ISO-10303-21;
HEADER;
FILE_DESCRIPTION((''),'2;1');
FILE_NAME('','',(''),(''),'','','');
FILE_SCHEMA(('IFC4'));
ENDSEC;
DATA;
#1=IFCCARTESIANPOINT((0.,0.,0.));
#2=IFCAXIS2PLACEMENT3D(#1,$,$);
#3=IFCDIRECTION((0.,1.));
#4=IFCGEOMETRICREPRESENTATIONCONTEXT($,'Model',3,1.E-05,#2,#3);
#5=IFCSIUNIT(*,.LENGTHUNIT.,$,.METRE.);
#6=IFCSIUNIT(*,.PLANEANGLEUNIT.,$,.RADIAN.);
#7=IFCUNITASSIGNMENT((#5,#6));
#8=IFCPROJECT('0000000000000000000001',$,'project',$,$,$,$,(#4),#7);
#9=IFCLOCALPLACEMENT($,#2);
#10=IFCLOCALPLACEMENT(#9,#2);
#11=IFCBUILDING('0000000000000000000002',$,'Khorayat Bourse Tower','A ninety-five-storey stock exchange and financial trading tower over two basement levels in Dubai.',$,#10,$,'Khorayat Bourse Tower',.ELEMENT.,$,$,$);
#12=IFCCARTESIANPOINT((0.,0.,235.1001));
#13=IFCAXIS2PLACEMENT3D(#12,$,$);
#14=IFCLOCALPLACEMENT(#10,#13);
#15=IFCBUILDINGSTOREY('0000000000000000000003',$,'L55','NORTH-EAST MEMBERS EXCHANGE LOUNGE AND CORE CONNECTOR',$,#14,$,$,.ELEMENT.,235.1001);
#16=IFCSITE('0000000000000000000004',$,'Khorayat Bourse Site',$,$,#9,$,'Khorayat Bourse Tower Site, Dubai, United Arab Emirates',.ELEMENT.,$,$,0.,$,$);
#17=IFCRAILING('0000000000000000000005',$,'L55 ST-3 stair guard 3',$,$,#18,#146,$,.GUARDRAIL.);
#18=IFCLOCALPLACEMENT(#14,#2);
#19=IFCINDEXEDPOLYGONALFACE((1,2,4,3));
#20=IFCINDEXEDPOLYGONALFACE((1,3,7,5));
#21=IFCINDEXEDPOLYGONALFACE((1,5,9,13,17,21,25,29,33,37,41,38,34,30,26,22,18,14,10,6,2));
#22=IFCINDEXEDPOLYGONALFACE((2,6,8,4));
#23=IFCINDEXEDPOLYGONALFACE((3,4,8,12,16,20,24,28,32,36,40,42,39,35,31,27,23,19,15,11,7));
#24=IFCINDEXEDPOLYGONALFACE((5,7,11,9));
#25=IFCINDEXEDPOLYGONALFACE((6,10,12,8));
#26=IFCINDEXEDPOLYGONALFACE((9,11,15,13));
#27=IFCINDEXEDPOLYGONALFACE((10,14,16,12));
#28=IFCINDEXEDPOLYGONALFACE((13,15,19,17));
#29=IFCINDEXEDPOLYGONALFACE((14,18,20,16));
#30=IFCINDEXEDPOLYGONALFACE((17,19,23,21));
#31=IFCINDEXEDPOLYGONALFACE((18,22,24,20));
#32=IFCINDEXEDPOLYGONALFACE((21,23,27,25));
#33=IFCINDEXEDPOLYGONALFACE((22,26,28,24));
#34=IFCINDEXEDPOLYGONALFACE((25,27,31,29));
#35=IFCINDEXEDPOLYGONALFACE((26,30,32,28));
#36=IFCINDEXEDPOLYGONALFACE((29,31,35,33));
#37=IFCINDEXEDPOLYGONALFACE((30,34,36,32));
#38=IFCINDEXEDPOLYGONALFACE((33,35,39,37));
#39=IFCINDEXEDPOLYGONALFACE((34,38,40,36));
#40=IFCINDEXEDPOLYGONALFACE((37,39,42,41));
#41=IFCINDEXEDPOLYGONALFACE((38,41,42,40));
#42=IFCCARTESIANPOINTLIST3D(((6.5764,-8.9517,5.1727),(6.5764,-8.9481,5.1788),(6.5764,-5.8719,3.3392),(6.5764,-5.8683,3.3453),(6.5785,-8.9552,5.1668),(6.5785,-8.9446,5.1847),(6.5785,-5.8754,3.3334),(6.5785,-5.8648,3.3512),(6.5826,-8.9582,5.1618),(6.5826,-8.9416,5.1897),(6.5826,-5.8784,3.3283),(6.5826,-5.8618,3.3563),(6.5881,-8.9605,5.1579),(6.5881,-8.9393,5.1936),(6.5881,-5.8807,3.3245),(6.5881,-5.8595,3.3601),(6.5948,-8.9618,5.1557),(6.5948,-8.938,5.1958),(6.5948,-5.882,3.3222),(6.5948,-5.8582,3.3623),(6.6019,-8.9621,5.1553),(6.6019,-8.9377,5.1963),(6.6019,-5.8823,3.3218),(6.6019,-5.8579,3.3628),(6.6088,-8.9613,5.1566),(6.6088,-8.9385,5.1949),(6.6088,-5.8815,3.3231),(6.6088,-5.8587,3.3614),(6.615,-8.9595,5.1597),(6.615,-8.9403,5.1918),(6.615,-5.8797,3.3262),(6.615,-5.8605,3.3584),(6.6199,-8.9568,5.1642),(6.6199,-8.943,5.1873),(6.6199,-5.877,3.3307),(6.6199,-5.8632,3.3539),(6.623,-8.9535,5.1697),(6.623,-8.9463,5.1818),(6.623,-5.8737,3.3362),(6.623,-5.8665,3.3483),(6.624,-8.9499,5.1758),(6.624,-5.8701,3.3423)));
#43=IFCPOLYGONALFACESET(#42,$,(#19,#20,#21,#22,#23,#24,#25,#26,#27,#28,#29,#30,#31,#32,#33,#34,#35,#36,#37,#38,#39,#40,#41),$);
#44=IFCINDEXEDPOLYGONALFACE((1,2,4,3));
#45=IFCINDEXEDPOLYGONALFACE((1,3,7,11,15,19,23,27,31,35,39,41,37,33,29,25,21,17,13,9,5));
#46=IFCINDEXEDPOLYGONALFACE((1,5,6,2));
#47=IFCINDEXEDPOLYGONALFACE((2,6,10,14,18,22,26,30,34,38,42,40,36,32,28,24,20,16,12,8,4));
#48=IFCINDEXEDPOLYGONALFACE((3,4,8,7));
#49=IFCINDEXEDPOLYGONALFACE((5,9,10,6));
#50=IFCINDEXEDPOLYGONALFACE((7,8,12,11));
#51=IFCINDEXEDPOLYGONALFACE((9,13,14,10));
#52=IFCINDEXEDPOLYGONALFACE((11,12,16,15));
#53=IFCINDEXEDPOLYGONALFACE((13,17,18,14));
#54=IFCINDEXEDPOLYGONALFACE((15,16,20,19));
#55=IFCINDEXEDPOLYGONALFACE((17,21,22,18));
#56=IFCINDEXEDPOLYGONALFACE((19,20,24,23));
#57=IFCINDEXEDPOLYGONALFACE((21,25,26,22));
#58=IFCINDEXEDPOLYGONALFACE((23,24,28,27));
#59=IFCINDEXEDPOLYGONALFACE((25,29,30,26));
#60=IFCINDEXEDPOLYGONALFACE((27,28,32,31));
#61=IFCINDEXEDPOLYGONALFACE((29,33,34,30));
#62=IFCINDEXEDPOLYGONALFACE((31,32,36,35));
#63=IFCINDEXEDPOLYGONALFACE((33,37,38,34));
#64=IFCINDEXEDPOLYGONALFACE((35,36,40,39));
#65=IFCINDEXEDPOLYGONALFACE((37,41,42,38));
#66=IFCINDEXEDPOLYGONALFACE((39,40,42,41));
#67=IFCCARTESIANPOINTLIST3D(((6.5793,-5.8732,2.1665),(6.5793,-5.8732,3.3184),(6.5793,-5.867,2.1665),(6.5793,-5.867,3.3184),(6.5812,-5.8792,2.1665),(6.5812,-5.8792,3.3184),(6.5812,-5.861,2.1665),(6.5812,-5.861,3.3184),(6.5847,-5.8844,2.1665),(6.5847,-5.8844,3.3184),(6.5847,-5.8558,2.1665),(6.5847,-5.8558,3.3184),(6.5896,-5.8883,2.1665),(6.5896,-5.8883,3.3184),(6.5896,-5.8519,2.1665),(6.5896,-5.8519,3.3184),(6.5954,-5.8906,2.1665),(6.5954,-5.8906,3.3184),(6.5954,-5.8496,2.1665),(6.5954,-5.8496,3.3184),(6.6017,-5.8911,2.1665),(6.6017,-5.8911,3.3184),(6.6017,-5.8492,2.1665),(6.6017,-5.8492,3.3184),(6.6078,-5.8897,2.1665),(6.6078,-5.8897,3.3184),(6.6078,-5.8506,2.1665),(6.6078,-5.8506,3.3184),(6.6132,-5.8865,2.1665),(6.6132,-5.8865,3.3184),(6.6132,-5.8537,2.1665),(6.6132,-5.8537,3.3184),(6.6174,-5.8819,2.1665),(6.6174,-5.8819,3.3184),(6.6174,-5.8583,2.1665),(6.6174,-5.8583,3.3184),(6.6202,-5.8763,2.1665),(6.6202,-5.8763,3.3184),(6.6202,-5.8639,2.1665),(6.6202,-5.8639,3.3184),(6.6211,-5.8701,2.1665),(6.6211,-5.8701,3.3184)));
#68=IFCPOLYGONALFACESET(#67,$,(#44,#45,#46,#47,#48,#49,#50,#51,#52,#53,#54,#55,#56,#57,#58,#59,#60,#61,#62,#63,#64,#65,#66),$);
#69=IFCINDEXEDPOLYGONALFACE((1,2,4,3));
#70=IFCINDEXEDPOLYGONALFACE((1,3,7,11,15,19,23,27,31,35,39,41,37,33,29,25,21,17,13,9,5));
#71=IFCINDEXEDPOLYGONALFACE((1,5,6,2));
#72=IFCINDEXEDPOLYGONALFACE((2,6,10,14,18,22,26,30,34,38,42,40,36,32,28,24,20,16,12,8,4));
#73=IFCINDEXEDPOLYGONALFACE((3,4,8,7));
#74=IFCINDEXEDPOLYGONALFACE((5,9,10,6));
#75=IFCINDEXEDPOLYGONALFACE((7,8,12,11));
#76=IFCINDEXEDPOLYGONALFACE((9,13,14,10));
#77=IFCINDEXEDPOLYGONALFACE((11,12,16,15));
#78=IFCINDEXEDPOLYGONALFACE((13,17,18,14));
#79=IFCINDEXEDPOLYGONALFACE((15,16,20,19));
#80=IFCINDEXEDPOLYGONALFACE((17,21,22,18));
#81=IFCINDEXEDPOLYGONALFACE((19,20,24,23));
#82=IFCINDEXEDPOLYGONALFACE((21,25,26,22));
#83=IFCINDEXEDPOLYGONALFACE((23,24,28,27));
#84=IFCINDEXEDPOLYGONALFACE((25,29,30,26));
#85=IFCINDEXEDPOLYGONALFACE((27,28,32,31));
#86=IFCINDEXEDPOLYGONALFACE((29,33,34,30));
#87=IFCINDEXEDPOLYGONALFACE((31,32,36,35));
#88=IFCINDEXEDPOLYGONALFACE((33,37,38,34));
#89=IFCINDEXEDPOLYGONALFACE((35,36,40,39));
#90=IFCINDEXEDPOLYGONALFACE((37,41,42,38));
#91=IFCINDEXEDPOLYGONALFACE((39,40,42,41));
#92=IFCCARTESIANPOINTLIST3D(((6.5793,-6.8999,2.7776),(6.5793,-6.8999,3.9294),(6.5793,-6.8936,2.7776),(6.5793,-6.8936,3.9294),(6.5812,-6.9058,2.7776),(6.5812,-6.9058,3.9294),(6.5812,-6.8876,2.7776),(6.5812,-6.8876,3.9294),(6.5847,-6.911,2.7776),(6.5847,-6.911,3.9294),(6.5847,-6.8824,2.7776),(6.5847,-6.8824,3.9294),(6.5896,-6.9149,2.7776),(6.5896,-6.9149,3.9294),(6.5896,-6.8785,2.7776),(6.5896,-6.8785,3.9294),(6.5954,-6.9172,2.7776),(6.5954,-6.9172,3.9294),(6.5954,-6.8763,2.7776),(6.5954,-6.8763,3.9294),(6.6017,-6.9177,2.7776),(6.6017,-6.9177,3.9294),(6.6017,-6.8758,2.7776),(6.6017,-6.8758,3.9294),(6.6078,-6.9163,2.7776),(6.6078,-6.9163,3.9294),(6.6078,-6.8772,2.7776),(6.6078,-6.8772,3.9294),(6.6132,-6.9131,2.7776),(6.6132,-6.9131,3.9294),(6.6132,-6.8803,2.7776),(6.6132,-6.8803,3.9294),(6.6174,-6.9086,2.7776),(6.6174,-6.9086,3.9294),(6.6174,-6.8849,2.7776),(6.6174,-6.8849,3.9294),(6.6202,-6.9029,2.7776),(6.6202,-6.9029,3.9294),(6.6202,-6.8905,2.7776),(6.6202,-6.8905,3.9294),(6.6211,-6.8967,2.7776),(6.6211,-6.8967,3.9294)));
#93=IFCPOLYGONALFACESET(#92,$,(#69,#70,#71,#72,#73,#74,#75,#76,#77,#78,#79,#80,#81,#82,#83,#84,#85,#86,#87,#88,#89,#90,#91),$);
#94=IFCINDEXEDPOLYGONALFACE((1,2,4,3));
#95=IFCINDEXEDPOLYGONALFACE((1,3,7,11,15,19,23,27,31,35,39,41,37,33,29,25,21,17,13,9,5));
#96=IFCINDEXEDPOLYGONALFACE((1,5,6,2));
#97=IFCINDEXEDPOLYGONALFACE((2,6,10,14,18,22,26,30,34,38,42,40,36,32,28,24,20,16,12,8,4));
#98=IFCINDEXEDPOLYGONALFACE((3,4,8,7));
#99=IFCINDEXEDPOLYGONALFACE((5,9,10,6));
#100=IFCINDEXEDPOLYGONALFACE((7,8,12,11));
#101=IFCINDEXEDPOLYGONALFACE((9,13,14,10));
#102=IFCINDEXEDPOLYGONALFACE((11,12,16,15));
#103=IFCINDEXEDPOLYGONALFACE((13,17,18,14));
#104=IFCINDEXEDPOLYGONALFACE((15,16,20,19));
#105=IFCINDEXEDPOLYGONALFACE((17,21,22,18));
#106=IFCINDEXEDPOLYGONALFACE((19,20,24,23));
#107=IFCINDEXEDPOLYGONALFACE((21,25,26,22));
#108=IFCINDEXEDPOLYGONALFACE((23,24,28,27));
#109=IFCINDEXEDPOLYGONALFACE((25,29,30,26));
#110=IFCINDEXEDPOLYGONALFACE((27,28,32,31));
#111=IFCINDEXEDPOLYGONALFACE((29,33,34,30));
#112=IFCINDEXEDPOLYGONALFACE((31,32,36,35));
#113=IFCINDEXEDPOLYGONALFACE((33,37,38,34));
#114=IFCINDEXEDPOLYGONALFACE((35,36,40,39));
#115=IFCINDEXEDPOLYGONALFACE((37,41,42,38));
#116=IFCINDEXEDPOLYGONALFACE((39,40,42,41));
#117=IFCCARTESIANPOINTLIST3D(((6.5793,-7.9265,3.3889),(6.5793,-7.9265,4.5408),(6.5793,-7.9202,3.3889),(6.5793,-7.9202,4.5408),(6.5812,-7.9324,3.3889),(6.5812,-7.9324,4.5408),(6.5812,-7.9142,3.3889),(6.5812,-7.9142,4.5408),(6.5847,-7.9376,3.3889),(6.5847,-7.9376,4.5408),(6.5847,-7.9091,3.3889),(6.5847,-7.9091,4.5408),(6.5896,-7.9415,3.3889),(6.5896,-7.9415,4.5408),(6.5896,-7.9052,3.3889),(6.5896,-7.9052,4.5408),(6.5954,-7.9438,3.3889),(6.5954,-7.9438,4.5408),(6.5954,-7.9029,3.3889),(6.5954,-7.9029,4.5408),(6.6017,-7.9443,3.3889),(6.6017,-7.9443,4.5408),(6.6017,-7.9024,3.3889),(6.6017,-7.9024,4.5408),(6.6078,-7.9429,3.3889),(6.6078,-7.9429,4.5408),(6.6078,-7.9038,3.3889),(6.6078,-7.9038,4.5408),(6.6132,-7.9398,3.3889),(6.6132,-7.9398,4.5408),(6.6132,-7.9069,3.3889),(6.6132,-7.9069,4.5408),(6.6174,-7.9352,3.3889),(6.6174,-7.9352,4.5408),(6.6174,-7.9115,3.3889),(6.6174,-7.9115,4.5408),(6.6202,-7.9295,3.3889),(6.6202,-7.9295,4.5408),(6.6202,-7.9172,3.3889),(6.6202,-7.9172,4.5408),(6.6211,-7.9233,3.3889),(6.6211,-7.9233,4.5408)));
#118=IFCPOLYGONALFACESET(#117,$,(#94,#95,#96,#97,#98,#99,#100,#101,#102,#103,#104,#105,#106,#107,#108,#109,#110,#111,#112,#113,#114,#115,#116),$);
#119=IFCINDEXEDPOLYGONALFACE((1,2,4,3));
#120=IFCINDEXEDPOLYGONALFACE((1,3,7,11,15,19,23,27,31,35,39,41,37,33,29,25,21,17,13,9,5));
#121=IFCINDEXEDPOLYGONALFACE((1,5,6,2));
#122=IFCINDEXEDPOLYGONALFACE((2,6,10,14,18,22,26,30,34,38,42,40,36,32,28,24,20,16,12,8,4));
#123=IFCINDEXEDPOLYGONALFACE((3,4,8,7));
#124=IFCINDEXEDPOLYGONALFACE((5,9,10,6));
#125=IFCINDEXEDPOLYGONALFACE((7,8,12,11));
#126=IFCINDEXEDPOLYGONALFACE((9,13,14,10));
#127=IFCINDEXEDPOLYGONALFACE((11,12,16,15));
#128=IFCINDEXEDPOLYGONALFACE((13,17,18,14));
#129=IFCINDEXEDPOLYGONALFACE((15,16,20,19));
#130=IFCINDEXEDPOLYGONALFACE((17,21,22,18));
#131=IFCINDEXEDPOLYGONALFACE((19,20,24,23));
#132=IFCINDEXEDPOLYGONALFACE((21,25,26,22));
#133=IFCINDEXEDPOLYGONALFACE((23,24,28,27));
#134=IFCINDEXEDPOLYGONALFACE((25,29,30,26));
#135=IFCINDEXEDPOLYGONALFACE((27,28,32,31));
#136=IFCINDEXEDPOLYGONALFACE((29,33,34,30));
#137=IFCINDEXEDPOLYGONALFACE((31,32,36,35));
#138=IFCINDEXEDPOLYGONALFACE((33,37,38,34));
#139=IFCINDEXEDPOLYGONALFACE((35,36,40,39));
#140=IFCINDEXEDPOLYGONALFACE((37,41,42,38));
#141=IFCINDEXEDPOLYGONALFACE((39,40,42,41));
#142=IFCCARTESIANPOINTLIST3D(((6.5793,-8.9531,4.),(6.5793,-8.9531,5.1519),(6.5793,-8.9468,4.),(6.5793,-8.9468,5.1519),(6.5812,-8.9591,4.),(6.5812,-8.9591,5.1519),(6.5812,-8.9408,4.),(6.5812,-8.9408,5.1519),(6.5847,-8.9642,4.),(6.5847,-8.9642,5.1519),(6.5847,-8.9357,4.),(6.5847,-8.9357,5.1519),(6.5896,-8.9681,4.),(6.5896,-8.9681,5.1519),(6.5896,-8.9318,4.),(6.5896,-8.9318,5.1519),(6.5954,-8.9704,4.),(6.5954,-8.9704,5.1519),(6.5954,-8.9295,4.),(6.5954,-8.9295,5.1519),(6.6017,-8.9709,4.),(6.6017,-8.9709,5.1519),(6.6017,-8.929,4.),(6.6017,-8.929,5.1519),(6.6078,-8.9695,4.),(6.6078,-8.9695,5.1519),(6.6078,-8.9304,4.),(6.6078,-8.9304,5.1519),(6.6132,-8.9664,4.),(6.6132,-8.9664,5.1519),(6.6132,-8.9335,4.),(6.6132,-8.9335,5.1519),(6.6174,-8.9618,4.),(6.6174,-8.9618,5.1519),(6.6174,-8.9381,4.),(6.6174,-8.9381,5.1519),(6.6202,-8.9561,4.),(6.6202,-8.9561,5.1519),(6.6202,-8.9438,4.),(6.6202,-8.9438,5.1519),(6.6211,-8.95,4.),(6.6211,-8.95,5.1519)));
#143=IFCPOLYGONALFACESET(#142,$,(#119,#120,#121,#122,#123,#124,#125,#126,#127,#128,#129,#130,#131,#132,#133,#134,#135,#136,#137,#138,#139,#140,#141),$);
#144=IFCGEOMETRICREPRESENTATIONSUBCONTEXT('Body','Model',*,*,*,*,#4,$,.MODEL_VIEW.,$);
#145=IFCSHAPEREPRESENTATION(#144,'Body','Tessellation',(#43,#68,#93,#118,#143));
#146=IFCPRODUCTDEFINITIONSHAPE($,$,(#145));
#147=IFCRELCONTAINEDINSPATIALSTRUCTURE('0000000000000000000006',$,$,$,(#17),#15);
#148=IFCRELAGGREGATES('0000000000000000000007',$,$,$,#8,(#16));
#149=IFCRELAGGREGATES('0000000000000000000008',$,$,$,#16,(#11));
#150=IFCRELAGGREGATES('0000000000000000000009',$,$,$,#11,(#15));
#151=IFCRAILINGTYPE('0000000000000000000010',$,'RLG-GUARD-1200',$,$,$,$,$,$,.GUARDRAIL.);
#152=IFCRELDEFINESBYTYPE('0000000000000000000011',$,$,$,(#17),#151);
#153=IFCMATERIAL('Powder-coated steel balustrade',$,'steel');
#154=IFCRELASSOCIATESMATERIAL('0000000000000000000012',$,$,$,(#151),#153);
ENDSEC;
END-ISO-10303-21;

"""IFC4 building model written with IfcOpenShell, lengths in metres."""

from ifc_helpers import new_model, si_unit, direction, frame, origin, origin_2d, place, context, subcontext, project, spatial, circle, extrude, source, transform, mapped, material, type_object, element, save


model = new_model("IFC4")

# Units and contexts
model_context = context("Model", 3, precision=1e-05, world=origin(), true_north=direction((0.0, 1.0)))
body_context = subcontext(model_context, "Body", "Model", "MODEL_VIEW")
ifc_project = project(units=[si_unit("LENGTHUNIT", "METRE"), si_unit("PLANEANGLEUNIT", "RADIAN")], contexts=[model_context])

# Site, building, storey
site_placement = place(None, origin())
site = spatial("IfcSite", under=ifc_project, at=site_placement, Name="Khorayat Bourse Site", LongName="Khorayat Bourse Tower Site, Dubai, United Arab Emirates", CompositionType="ELEMENT", RefElevation=0.0)
building_placement = place(site_placement, origin())
building = spatial("IfcBuilding", under=site, at=building_placement, Name="Khorayat Bourse Tower", Description="A ninety-five-storey stock exchange and financial trading tower over two basement levels in Dubai.", LongName="Khorayat Bourse Tower", CompositionType="ELEMENT")
storey_placement = place(building_placement, frame((0.0, 0.0, 235.1001)))
storey = spatial("IfcBuildingStorey", under=building, at=storey_placement, Name="L55", Description="NORTH-EAST MEMBERS EXCHANGE LOUNGE AND CORE CONNECTOR", CompositionType="ELEMENT", Elevation=235.1001)

# Railing
ifc_material_1 = material(Name="Powder-coated steel balustrade", Category="steel")
railing_type_1 = type_object("IfcRailingType", Name="RLG-GUARD-1200", PredefinedType="GUARDRAIL", material=ifc_material_1)
shared_shape_1 = source(origin(), body_context, "Body", "SweptSolid", [
    extrude(circle(Radius=0.0239, at=origin_2d()), frame((0.0, 0.0, 1.1758), z_axis=(0.0, -0.859261, 0.511538), x_axis=(1.0, 0.0, 0.0)), (0.0, 0.0, 1.0), 3.5842),
    extrude(circle(Radius=0.021, at=origin_2d()), origin(), (0.0, 0.0, 1.0), 1.1519),
    extrude(circle(Radius=0.021, at=origin_2d()), frame((0.0, -1.0266, 0.6111)), (0.0, 0.0, 1.0), 1.1519),
    extrude(circle(Radius=0.021, at=origin_2d()), frame((0.0, -2.0532, 1.2224)), (0.0, 0.0, 1.0), 1.1519),
    extrude(circle(Radius=0.021, at=origin_2d()), frame((0.0, -3.0798, 1.8335)), (0.0, 0.0, 1.0), 1.1519),
])
railing_1_placement = place(storey_placement, frame((6.6001, -5.8701, 2.1665)))
element("IfcRailing", 1, at=railing_1_placement, inside=storey, type_object=railing_type_1, Name="L55 ST-3 stair guard 3", PredefinedType="GUARDRAIL", context=body_context, shape_type="MappedRepresentation", body=[
    mapped(shared_shape_1, transform((0.0, 0.0, 0.0), scale=1.0)),
])

save(model, "model.ifc")
